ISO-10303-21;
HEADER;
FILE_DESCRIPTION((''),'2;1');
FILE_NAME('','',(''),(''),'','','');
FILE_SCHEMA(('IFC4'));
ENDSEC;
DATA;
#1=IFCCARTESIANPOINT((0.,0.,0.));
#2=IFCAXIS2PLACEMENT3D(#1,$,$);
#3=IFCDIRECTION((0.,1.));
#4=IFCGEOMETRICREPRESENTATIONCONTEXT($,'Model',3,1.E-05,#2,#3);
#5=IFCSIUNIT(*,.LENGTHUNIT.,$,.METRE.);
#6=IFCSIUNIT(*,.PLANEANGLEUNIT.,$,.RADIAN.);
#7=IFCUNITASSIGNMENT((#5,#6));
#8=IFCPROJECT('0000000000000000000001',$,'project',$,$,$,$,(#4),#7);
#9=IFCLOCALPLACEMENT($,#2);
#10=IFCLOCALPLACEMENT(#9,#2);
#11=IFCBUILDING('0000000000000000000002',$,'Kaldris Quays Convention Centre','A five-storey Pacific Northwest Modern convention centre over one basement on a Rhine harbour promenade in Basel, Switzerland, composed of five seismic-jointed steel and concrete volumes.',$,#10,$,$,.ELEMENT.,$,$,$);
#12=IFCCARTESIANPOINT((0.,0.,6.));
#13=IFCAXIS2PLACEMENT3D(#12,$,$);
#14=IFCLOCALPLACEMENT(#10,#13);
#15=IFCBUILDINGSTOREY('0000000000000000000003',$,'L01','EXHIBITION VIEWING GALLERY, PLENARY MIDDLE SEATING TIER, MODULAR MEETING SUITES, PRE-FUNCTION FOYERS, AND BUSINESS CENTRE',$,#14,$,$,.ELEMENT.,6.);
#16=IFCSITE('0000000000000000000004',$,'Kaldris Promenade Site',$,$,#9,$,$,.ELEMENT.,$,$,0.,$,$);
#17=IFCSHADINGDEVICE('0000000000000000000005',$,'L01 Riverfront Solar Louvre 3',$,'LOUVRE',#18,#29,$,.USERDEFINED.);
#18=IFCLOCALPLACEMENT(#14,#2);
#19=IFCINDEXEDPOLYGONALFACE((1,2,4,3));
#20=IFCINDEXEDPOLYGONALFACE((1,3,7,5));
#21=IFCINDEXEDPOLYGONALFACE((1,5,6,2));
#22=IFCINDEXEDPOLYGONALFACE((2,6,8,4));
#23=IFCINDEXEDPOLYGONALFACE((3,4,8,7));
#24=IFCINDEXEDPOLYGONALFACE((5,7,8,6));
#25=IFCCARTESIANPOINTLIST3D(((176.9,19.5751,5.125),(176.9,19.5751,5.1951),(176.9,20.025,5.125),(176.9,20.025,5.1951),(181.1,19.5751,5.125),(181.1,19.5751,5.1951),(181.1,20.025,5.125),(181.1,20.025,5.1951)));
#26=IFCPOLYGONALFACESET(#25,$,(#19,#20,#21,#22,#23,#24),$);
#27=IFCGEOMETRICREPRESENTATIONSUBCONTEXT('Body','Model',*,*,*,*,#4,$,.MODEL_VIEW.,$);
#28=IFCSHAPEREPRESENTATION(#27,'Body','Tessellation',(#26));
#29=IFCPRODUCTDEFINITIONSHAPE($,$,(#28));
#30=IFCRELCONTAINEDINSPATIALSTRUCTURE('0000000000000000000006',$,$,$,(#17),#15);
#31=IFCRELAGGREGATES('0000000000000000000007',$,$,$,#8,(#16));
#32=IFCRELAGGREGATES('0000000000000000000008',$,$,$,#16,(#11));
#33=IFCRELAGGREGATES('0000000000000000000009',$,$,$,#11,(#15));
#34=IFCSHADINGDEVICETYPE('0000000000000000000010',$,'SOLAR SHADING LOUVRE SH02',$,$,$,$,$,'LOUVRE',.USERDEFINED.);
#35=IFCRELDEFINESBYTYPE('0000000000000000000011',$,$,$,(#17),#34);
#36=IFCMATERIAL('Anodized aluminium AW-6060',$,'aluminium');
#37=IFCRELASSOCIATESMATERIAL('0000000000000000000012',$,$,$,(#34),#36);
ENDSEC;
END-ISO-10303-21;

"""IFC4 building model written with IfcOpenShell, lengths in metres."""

from ifc_helpers import new_model, si_unit, direction, frame, origin, origin_2d, place, context, subcontext, project, spatial, rectangle, extrude, material, type_object, element, save


model = new_model("IFC4")

# Units and contexts
model_context = context("Model", 3, precision=1e-05, world=origin(), true_north=direction((0.0, 1.0)))
body_context = subcontext(model_context, "Body", "Model", "MODEL_VIEW")
ifc_project = project(units=[si_unit("LENGTHUNIT", "METRE"), si_unit("PLANEANGLEUNIT", "RADIAN")], contexts=[model_context])

# Site, building, storey
site_placement = place(None, origin())
site = spatial("IfcSite", under=ifc_project, at=site_placement, Name="Kaldris Promenade Site", CompositionType="ELEMENT", RefElevation=0.0)
building_placement = place(site_placement, origin())
building = spatial("IfcBuilding", under=site, at=building_placement, Name="Kaldris Quays Convention Centre", Description="A five-storey Pacific Northwest Modern convention centre over one basement on a Rhine harbour promenade in Basel, Switzerland, composed of five seismic-jointed steel and concrete volumes.", CompositionType="ELEMENT")
storey_placement = place(building_placement, frame((0.0, 0.0, 6.0)))
storey = spatial("IfcBuildingStorey", under=building, at=storey_placement, Name="L01", Description="EXHIBITION VIEWING GALLERY, PLENARY MIDDLE SEATING TIER, MODULAR MEETING SUITES, PRE-FUNCTION FOYERS, AND BUSINESS CENTRE", CompositionType="ELEMENT", Elevation=6.0)

# Shared definitions
ifc_material_1 = material(Name="Anodized aluminium AW-6060", Category="aluminium")

# Shading device
shading_device_type = type_object("IfcShadingDeviceType", Name="SOLAR SHADING LOUVRE SH02", ElementType="LOUVRE", PredefinedType="USERDEFINED", material=ifc_material_1)
shading_device_placement = place(storey_placement, frame((179.0, 19.8, 5.125), z_axis=(0.0, 0.0, 1.0), x_axis=(1.0, 0.0, 0.0)))
element("IfcShadingDevice", 1, at=shading_device_placement, inside=storey, type_object=shading_device_type, Name="L01 Riverfront Solar Louvre 3", ObjectType="LOUVRE", PredefinedType="USERDEFINED", context=body_context, shape_type="SweptSolid", body=[
    extrude(rectangle(XDim=4.2, YDim=0.45, at=origin_2d()), origin(), (0.0, 0.0, 1.0), 0.0701),
])

save(model, "model.ifc")
